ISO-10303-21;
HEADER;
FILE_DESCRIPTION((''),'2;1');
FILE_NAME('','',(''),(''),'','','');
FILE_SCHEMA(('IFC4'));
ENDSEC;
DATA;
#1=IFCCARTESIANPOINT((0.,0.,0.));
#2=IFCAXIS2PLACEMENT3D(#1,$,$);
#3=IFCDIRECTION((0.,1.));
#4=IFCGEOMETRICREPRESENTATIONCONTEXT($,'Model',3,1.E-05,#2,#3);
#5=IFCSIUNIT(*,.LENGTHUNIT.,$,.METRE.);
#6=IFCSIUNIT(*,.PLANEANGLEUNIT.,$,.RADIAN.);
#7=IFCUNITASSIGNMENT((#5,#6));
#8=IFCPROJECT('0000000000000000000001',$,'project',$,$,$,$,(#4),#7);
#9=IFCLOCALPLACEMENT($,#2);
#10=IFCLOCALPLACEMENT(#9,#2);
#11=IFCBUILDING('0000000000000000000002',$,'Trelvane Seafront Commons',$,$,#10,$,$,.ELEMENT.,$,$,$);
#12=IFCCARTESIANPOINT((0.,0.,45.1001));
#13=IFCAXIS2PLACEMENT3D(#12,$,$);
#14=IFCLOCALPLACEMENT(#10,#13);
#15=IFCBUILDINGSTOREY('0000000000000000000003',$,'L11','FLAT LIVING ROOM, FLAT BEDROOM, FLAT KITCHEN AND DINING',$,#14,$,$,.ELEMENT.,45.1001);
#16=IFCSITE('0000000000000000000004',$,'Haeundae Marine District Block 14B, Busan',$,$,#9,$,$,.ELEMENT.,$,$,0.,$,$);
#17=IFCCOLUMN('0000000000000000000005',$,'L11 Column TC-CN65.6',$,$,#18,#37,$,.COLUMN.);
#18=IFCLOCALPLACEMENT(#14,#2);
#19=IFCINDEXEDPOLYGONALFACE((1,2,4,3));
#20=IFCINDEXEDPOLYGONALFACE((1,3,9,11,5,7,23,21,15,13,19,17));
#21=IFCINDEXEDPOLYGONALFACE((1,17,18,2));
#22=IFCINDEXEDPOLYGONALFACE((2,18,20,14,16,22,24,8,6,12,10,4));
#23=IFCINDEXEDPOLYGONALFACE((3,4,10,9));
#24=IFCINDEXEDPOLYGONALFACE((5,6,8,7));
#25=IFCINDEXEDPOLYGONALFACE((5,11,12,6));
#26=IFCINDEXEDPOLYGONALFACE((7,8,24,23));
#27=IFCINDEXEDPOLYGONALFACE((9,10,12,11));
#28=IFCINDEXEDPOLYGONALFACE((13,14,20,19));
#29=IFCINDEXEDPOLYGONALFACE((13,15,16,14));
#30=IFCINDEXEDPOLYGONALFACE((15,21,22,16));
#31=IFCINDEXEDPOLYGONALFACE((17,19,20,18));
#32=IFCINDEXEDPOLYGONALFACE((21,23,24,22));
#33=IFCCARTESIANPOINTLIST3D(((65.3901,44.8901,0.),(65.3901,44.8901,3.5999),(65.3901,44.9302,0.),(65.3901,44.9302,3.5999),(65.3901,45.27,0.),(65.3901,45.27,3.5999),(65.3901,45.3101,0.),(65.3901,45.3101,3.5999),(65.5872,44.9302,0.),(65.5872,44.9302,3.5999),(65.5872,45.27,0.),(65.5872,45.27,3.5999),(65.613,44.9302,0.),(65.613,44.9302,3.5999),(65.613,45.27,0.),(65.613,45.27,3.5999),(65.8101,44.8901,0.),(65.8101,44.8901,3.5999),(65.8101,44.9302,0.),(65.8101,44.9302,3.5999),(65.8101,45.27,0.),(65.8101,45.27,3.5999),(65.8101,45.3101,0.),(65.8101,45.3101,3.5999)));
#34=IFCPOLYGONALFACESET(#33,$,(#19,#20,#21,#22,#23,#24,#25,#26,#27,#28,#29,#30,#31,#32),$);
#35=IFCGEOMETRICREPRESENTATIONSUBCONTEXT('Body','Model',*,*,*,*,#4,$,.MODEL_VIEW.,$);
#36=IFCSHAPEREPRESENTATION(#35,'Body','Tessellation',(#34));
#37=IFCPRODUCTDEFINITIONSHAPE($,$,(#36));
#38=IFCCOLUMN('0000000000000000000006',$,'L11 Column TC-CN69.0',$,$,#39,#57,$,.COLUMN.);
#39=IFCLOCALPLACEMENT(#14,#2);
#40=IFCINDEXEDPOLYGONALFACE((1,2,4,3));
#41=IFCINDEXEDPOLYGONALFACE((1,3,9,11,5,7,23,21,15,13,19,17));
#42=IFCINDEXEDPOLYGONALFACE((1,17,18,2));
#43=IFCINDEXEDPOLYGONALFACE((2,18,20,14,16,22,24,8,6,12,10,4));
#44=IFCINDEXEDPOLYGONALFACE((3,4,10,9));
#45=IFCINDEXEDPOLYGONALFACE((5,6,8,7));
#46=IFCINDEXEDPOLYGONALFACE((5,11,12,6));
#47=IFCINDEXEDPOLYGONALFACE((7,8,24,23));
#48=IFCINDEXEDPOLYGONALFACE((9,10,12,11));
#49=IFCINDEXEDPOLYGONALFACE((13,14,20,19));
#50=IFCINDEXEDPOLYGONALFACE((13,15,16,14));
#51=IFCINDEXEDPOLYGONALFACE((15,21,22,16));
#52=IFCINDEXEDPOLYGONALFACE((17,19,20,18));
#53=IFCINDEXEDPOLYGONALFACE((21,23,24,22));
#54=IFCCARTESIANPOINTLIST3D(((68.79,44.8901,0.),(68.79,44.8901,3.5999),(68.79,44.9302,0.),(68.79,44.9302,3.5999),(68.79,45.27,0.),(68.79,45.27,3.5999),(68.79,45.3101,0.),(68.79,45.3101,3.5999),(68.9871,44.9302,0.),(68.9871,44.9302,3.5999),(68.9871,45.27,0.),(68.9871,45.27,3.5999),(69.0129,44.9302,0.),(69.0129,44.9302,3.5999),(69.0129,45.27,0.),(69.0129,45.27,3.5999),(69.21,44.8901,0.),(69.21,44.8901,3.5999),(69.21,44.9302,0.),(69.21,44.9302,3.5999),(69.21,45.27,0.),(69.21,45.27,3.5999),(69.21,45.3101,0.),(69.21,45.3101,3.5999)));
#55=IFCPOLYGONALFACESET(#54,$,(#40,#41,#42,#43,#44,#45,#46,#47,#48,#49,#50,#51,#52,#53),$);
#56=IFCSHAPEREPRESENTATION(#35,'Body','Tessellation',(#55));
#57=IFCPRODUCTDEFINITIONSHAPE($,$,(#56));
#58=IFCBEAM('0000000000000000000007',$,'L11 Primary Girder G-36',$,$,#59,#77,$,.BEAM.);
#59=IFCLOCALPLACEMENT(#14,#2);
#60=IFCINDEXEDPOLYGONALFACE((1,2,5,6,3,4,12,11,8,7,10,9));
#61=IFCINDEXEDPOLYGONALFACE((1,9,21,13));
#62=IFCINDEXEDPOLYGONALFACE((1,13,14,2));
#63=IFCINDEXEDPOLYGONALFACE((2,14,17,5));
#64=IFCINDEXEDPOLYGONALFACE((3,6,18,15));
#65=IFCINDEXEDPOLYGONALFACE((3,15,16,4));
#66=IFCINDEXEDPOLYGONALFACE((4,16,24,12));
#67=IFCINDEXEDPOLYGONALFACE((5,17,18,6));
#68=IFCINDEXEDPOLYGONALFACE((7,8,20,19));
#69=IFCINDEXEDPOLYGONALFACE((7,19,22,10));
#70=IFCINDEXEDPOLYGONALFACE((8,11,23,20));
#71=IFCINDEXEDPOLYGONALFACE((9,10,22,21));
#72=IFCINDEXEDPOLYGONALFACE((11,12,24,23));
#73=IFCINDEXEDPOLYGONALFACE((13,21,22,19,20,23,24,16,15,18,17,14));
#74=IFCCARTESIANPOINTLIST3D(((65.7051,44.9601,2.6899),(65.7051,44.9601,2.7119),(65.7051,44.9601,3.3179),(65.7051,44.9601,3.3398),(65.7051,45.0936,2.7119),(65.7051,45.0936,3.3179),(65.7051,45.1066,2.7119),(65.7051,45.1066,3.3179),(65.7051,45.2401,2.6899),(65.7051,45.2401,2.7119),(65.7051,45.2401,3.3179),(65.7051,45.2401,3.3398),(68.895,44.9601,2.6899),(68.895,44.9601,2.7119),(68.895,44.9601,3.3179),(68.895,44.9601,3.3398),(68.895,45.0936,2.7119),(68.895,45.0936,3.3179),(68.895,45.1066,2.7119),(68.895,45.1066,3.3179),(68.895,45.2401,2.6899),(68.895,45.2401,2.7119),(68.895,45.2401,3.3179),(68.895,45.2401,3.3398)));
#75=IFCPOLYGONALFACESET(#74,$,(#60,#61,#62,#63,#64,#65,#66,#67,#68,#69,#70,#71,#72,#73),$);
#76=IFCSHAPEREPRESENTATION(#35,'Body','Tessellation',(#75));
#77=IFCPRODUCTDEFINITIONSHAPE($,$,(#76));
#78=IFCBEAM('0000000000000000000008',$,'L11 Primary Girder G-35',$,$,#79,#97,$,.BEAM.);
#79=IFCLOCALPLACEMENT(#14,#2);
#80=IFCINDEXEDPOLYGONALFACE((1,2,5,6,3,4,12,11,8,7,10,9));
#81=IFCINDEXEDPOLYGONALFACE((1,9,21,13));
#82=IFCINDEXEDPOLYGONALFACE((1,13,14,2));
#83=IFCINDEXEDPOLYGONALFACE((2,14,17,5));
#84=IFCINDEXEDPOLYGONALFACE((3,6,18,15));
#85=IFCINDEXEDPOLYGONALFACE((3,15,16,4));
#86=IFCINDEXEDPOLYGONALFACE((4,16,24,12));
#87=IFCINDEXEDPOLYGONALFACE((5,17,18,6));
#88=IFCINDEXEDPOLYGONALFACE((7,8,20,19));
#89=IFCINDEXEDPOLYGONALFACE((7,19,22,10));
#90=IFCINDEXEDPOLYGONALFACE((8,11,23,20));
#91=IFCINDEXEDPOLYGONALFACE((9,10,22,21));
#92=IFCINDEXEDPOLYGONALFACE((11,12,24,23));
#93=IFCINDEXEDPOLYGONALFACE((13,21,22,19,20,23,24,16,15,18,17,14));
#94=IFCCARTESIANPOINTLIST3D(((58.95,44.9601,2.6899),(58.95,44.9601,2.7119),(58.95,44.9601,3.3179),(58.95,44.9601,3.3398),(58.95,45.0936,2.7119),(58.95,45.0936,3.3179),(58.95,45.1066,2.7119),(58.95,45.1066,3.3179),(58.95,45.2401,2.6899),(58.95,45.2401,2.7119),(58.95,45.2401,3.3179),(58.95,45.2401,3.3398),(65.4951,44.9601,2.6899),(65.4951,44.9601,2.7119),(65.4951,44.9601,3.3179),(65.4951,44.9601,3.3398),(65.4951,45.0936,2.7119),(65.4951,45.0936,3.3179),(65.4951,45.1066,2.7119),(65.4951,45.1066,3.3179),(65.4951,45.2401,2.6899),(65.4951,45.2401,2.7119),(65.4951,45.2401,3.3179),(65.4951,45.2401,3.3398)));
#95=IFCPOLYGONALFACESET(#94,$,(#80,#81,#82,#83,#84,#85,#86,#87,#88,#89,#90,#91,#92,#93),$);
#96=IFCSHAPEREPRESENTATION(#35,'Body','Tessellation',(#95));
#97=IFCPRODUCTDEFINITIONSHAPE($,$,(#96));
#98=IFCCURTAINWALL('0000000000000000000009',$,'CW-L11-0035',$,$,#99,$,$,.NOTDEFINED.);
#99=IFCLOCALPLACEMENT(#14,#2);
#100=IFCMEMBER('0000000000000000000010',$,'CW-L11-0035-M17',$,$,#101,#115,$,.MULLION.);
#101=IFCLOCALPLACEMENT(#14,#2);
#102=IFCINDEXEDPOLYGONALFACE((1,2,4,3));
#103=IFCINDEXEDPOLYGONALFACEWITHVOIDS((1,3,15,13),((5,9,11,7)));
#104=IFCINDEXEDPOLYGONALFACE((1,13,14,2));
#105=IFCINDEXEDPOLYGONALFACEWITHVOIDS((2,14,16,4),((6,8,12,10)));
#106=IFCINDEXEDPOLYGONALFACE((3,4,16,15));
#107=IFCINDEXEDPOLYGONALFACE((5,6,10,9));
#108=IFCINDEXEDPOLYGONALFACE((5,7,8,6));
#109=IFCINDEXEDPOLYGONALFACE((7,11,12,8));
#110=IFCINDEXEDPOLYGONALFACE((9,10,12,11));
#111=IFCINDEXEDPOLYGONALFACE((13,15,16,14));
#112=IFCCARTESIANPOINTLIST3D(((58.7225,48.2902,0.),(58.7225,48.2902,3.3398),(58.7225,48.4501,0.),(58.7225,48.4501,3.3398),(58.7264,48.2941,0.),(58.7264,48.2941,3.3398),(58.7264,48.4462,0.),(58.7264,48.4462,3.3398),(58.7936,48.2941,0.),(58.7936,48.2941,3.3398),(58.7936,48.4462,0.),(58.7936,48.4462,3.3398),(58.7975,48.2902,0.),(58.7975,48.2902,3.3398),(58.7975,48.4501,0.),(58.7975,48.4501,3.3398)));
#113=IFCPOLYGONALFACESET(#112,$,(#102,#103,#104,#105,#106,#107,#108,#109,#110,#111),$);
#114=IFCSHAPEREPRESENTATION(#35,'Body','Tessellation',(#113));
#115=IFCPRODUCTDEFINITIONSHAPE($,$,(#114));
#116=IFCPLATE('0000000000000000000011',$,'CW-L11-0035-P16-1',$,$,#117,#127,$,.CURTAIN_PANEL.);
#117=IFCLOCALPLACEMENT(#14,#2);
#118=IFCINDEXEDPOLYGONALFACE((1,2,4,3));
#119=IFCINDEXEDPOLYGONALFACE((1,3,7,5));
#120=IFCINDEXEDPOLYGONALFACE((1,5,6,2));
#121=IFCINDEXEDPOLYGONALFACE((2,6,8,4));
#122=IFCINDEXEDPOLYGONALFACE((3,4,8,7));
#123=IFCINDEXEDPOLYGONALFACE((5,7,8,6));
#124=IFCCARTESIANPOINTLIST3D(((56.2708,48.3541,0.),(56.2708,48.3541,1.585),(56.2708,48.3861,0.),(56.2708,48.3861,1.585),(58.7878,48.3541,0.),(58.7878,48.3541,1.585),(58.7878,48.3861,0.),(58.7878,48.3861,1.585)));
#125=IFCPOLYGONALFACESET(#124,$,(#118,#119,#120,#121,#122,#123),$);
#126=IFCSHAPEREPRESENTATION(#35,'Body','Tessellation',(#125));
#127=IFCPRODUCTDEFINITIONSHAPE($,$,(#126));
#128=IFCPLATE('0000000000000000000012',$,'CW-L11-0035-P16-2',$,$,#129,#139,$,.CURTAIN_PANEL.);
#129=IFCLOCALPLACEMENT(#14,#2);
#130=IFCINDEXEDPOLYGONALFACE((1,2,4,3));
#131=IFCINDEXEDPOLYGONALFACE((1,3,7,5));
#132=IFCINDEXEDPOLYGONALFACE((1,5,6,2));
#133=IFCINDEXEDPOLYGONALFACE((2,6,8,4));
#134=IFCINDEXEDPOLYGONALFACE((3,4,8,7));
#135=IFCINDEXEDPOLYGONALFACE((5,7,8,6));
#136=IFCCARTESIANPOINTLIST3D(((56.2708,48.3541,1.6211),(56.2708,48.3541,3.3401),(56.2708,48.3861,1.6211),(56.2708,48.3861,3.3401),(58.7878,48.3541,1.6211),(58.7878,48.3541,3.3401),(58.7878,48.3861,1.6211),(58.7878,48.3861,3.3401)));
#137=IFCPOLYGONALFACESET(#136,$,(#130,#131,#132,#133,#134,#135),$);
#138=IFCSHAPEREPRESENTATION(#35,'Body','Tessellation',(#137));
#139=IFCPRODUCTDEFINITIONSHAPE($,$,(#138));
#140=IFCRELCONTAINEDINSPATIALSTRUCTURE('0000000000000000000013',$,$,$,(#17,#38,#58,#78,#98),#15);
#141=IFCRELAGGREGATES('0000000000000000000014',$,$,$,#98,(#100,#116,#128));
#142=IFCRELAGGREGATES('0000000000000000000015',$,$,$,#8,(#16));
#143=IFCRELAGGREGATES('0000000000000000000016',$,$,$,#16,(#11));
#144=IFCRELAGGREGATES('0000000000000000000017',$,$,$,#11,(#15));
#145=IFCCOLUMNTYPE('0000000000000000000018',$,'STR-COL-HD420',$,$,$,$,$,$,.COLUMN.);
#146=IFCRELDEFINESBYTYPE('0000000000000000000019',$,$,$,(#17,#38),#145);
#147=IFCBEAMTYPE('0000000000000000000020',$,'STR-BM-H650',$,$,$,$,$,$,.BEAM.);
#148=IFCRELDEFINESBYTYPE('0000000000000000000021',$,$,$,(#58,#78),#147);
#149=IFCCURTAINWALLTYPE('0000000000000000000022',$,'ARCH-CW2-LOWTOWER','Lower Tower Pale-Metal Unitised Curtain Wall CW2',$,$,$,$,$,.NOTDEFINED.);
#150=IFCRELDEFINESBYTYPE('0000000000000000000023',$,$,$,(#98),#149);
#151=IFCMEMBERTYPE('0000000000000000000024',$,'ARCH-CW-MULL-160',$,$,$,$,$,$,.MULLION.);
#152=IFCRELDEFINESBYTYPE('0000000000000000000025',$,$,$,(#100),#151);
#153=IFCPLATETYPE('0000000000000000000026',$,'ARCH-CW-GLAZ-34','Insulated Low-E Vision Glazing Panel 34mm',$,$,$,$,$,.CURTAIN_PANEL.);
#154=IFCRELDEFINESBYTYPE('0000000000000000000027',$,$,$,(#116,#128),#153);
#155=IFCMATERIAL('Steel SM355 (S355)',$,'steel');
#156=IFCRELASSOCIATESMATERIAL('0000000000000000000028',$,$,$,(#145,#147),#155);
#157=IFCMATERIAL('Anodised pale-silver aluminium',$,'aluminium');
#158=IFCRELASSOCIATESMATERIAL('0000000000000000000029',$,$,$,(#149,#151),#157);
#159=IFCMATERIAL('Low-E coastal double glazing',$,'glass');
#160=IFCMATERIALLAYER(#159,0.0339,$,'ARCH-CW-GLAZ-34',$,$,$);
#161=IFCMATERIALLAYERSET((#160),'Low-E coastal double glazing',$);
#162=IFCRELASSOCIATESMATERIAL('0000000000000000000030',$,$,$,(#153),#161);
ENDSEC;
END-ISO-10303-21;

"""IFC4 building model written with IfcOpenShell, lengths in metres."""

from ifc_helpers import new_model, si_unit, direction, frame, origin, origin_2d, place, context, subcontext, project, spatial, rectangle, hollow_rectangle, i_section, extrude, source, transform, mapped, material, layer, layer_set, material_profile, profile_set, type_object, element, aggregate, save


model = new_model("IFC4")

# Units and contexts
model_context = context("Model", 3, precision=1e-05, world=origin(), true_north=direction((0.0, 1.0)))
body_context = subcontext(model_context, "Body", "Model", "MODEL_VIEW")
ifc_project = project(units=[si_unit("LENGTHUNIT", "METRE"), si_unit("PLANEANGLEUNIT", "RADIAN")], contexts=[model_context])

# Site, building, storey
site_placement = place(None, origin())
site = spatial("IfcSite", under=ifc_project, at=site_placement, Name="Haeundae Marine District Block 14B, Busan", CompositionType="ELEMENT", RefElevation=0.0)
building_placement = place(site_placement, origin())
building = spatial("IfcBuilding", under=site, at=building_placement, Name="Trelvane Seafront Commons", CompositionType="ELEMENT")
storey_placement = place(building_placement, frame((0.0, 0.0, 45.1001)))
storey = spatial("IfcBuildingStorey", under=building, at=storey_placement, Name="L11", Description="FLAT LIVING ROOM, FLAT BEDROOM, FLAT KITCHEN AND DINING", CompositionType="ELEMENT", Elevation=45.1001)

# Columns
ifc_material_1 = material(Name="Steel SM355 (S355)", Category="steel")
ifc_material_profile_1 = material_profile(ifc_material_1, i_section(OverallWidth=0.4199, OverallDepth=0.4199, WebThickness=0.0259, FlangeThickness=0.04, at=origin_2d()), Name="HD-420x420x26x40")
ifc_profile_set_1 = profile_set([ifc_material_profile_1], Name="Steel SM355 (S355)")
column_type = type_object("IfcColumnType", Name="STR-COL-HD420", PredefinedType="COLUMN", material=ifc_profile_set_1)
shared_shape_1 = source(origin(), body_context, "Body", "SweptSolid", [
    extrude(i_section(OverallWidth=0.4199, OverallDepth=0.4199, WebThickness=0.0259, FlangeThickness=0.04, at=origin_2d()), origin(), (0.0, 0.0, 1.0), 3.5999),
])
for number, where, z_axis, x_axis, name in (
    (1, (65.6001, 45.1001, 0.0), (0.0, 0.0, 1.0), (1.0, 0.0, 0.0), "L11 Column TC-CN65.6"),
    (2, (69.0, 45.1001, 0.0), (0.0, 0.0, 1.0), (1.0, 0.0, 0.0), "L11 Column TC-CN69.0"),
):
    element("IfcColumn", number, at=place(storey_placement, frame(where, z_axis=z_axis, x_axis=x_axis)), inside=storey, type_object=column_type, Name=name, PredefinedType="COLUMN", context=body_context, shape_type="MappedRepresentation", body=[
        mapped(shared_shape_1, transform((0.0, 0.0, 0.0), x_axis=(1.0, 0.0, 0.0), y_axis=(0.0, 1.0, 0.0), z_axis=(0.0, 0.0, 1.0), scale=1.0)),
    ])

# Beams
ifc_material_profile_2 = material_profile(ifc_material_1, i_section(OverallWidth=0.28, OverallDepth=0.6499, WebThickness=0.0129, FlangeThickness=0.022, at=origin_2d()), Name="H-650x280x13x22")
ifc_profile_set_2 = profile_set([ifc_material_profile_2], Name="Steel SM355 (S355)")
beam_type = type_object("IfcBeamType", Name="STR-BM-H650", PredefinedType="BEAM", material=ifc_profile_set_2)
shared_shape_2 = source(origin(), body_context, "Body", "SweptSolid", [
    extrude(i_section(OverallWidth=0.28, OverallDepth=0.6499, WebThickness=0.0129, FlangeThickness=0.022, at=origin_2d()), origin(), (0.0, 0.0, 1.0), 3.1899),
])
beam_1_placement = place(storey_placement, frame((65.7051, 45.1001, 3.0149), z_axis=(1.0, 0.0, 0.0), x_axis=(0.0, 1.0, 0.0)))
element("IfcBeam", 3, at=beam_1_placement, inside=storey, type_object=beam_type, Name="L11 Primary Girder G-36", PredefinedType="BEAM", context=body_context, shape_type="MappedRepresentation", body=[
    mapped(shared_shape_2, transform((0.0, 0.0, 0.0), x_axis=(1.0, 0.0, 0.0), y_axis=(0.0, 1.0, 0.0), z_axis=(0.0, 0.0, 1.0), scale=1.0)),
])
shared_shape_3 = source(origin(), body_context, "Body", "SweptSolid", [
    extrude(i_section(OverallWidth=0.28, OverallDepth=0.6499, WebThickness=0.0129, FlangeThickness=0.022, at=origin_2d()), origin(), (0.0, 0.0, 1.0), 6.5452),
])
beam_2_placement = place(storey_placement, frame((58.95, 45.1001, 3.0149), z_axis=(1.0, 0.0, 0.0), x_axis=(0.0, 1.0, 0.0)))
element("IfcBeam", 4, at=beam_2_placement, inside=storey, type_object=beam_type, Name="L11 Primary Girder G-35", PredefinedType="BEAM", context=body_context, shape_type="MappedRepresentation", body=[
    mapped(shared_shape_3, transform((0.0, 0.0, 0.0), x_axis=(1.0, 0.0, 0.0), y_axis=(0.0, 1.0, 0.0), z_axis=(0.0, 0.0, 1.0), scale=1.0)),
])

# Curtain wall, member, plates
ifc_material_2 = material(Name="Anodised pale-silver aluminium", Category="aluminium")
curtain_wall_type = type_object("IfcCurtainWallType", Name="ARCH-CW2-LOWTOWER", Description="Lower Tower Pale-Metal Unitised Curtain Wall CW2", PredefinedType="NOTDEFINED", material=ifc_material_2)
curtain_wall_placement = place(storey_placement, origin())
curtain_wall = element("IfcCurtainWall", 5, at=curtain_wall_placement, inside=storey, type_object=curtain_wall_type, Name="CW-L11-0035", PredefinedType="NOTDEFINED")
ifc_material_profile_3 = material_profile(ifc_material_2, hollow_rectangle(XDim=0.075, YDim=0.1599, WallThickness=0.0039, at=origin_2d()), Name="MULL-75x160x4")
ifc_profile_set_3 = profile_set([ifc_material_profile_3], Name="Anodised pale-silver aluminium")
member_type = type_object("IfcMemberType", Name="ARCH-CW-MULL-160", PredefinedType="MULLION", material=ifc_profile_set_3)
shared_shape_4 = source(origin(), body_context, "Body", "SweptSolid", [
    extrude(hollow_rectangle(XDim=0.075, YDim=0.1599, WallThickness=0.0039, at=origin_2d()), origin(), (0.0, 0.0, 1.0), 3.3398),
])
member_placement = place(storey_placement, frame((58.76, 48.3701, 0.0), z_axis=(0.0, 0.0, 1.0), x_axis=(1.0, 0.0, 0.0)))
member = element("IfcMember", 6, at=member_placement, type_object=member_type, Name="CW-L11-0035-M17", PredefinedType="MULLION", context=body_context, shape_type="MappedRepresentation", body=[
    mapped(shared_shape_4, transform((0.0, 0.0, 0.0), x_axis=(1.0, 0.0, 0.0), y_axis=(0.0, 1.0, 0.0), z_axis=(0.0, 0.0, 1.0), scale=1.0)),
])
ifc_material_3 = material(Name="Low-E coastal double glazing", Category="glass")
ifc_layer_1 = layer(ifc_material_3, 0.0339, Name="ARCH-CW-GLAZ-34")
ifc_layer_set_1 = layer_set([ifc_layer_1], Name="Low-E coastal double glazing")
plate_type = type_object("IfcPlateType", Name="ARCH-CW-GLAZ-34", Description="Insulated Low-E Vision Glazing Panel 34mm", PredefinedType="CURTAIN_PANEL", material=ifc_layer_set_1)
shared_shape_5 = source(origin(), body_context, "Body", "SweptSolid", [
    extrude(rectangle(XDim=2.5171, YDim=0.032, at=origin_2d()), origin(), (0.0, 0.0, 1.0), 1.585),
])
plate_1_placement = place(storey_placement, frame((57.5293, 48.3701, 0.0), z_axis=(0.0, 0.0, 1.0), x_axis=(1.0, 0.0, 0.0)))
plate_1 = element("IfcPlate", 7, at=plate_1_placement, type_object=plate_type, Name="CW-L11-0035-P16-1", PredefinedType="CURTAIN_PANEL", context=body_context, shape_type="MappedRepresentation", body=[
    mapped(shared_shape_5, transform((0.0, 0.0, 0.0), x_axis=(1.0, 0.0, 0.0), y_axis=(0.0, 1.0, 0.0), z_axis=(0.0, 0.0, 1.0), scale=1.0)),
])
shared_shape_6 = source(origin(), body_context, "Body", "SweptSolid", [
    extrude(rectangle(XDim=2.5171, YDim=0.032, at=origin_2d()), origin(), (0.0, 0.0, 1.0), 1.719),
])
plate_2_placement = place(storey_placement, frame((57.5293, 48.3701, 1.6211), z_axis=(0.0, 0.0, 1.0), x_axis=(1.0, 0.0, 0.0)))
plate_2 = element("IfcPlate", 8, at=plate_2_placement, type_object=plate_type, Name="CW-L11-0035-P16-2", PredefinedType="CURTAIN_PANEL", context=body_context, shape_type="MappedRepresentation", body=[
    mapped(shared_shape_6, transform((0.0, 0.0, 0.0), x_axis=(1.0, 0.0, 0.0), y_axis=(0.0, 1.0, 0.0), z_axis=(0.0, 0.0, 1.0), scale=1.0)),
])
aggregate(curtain_wall, [member, plate_1, plate_2])

save(model, "model.ifc")
